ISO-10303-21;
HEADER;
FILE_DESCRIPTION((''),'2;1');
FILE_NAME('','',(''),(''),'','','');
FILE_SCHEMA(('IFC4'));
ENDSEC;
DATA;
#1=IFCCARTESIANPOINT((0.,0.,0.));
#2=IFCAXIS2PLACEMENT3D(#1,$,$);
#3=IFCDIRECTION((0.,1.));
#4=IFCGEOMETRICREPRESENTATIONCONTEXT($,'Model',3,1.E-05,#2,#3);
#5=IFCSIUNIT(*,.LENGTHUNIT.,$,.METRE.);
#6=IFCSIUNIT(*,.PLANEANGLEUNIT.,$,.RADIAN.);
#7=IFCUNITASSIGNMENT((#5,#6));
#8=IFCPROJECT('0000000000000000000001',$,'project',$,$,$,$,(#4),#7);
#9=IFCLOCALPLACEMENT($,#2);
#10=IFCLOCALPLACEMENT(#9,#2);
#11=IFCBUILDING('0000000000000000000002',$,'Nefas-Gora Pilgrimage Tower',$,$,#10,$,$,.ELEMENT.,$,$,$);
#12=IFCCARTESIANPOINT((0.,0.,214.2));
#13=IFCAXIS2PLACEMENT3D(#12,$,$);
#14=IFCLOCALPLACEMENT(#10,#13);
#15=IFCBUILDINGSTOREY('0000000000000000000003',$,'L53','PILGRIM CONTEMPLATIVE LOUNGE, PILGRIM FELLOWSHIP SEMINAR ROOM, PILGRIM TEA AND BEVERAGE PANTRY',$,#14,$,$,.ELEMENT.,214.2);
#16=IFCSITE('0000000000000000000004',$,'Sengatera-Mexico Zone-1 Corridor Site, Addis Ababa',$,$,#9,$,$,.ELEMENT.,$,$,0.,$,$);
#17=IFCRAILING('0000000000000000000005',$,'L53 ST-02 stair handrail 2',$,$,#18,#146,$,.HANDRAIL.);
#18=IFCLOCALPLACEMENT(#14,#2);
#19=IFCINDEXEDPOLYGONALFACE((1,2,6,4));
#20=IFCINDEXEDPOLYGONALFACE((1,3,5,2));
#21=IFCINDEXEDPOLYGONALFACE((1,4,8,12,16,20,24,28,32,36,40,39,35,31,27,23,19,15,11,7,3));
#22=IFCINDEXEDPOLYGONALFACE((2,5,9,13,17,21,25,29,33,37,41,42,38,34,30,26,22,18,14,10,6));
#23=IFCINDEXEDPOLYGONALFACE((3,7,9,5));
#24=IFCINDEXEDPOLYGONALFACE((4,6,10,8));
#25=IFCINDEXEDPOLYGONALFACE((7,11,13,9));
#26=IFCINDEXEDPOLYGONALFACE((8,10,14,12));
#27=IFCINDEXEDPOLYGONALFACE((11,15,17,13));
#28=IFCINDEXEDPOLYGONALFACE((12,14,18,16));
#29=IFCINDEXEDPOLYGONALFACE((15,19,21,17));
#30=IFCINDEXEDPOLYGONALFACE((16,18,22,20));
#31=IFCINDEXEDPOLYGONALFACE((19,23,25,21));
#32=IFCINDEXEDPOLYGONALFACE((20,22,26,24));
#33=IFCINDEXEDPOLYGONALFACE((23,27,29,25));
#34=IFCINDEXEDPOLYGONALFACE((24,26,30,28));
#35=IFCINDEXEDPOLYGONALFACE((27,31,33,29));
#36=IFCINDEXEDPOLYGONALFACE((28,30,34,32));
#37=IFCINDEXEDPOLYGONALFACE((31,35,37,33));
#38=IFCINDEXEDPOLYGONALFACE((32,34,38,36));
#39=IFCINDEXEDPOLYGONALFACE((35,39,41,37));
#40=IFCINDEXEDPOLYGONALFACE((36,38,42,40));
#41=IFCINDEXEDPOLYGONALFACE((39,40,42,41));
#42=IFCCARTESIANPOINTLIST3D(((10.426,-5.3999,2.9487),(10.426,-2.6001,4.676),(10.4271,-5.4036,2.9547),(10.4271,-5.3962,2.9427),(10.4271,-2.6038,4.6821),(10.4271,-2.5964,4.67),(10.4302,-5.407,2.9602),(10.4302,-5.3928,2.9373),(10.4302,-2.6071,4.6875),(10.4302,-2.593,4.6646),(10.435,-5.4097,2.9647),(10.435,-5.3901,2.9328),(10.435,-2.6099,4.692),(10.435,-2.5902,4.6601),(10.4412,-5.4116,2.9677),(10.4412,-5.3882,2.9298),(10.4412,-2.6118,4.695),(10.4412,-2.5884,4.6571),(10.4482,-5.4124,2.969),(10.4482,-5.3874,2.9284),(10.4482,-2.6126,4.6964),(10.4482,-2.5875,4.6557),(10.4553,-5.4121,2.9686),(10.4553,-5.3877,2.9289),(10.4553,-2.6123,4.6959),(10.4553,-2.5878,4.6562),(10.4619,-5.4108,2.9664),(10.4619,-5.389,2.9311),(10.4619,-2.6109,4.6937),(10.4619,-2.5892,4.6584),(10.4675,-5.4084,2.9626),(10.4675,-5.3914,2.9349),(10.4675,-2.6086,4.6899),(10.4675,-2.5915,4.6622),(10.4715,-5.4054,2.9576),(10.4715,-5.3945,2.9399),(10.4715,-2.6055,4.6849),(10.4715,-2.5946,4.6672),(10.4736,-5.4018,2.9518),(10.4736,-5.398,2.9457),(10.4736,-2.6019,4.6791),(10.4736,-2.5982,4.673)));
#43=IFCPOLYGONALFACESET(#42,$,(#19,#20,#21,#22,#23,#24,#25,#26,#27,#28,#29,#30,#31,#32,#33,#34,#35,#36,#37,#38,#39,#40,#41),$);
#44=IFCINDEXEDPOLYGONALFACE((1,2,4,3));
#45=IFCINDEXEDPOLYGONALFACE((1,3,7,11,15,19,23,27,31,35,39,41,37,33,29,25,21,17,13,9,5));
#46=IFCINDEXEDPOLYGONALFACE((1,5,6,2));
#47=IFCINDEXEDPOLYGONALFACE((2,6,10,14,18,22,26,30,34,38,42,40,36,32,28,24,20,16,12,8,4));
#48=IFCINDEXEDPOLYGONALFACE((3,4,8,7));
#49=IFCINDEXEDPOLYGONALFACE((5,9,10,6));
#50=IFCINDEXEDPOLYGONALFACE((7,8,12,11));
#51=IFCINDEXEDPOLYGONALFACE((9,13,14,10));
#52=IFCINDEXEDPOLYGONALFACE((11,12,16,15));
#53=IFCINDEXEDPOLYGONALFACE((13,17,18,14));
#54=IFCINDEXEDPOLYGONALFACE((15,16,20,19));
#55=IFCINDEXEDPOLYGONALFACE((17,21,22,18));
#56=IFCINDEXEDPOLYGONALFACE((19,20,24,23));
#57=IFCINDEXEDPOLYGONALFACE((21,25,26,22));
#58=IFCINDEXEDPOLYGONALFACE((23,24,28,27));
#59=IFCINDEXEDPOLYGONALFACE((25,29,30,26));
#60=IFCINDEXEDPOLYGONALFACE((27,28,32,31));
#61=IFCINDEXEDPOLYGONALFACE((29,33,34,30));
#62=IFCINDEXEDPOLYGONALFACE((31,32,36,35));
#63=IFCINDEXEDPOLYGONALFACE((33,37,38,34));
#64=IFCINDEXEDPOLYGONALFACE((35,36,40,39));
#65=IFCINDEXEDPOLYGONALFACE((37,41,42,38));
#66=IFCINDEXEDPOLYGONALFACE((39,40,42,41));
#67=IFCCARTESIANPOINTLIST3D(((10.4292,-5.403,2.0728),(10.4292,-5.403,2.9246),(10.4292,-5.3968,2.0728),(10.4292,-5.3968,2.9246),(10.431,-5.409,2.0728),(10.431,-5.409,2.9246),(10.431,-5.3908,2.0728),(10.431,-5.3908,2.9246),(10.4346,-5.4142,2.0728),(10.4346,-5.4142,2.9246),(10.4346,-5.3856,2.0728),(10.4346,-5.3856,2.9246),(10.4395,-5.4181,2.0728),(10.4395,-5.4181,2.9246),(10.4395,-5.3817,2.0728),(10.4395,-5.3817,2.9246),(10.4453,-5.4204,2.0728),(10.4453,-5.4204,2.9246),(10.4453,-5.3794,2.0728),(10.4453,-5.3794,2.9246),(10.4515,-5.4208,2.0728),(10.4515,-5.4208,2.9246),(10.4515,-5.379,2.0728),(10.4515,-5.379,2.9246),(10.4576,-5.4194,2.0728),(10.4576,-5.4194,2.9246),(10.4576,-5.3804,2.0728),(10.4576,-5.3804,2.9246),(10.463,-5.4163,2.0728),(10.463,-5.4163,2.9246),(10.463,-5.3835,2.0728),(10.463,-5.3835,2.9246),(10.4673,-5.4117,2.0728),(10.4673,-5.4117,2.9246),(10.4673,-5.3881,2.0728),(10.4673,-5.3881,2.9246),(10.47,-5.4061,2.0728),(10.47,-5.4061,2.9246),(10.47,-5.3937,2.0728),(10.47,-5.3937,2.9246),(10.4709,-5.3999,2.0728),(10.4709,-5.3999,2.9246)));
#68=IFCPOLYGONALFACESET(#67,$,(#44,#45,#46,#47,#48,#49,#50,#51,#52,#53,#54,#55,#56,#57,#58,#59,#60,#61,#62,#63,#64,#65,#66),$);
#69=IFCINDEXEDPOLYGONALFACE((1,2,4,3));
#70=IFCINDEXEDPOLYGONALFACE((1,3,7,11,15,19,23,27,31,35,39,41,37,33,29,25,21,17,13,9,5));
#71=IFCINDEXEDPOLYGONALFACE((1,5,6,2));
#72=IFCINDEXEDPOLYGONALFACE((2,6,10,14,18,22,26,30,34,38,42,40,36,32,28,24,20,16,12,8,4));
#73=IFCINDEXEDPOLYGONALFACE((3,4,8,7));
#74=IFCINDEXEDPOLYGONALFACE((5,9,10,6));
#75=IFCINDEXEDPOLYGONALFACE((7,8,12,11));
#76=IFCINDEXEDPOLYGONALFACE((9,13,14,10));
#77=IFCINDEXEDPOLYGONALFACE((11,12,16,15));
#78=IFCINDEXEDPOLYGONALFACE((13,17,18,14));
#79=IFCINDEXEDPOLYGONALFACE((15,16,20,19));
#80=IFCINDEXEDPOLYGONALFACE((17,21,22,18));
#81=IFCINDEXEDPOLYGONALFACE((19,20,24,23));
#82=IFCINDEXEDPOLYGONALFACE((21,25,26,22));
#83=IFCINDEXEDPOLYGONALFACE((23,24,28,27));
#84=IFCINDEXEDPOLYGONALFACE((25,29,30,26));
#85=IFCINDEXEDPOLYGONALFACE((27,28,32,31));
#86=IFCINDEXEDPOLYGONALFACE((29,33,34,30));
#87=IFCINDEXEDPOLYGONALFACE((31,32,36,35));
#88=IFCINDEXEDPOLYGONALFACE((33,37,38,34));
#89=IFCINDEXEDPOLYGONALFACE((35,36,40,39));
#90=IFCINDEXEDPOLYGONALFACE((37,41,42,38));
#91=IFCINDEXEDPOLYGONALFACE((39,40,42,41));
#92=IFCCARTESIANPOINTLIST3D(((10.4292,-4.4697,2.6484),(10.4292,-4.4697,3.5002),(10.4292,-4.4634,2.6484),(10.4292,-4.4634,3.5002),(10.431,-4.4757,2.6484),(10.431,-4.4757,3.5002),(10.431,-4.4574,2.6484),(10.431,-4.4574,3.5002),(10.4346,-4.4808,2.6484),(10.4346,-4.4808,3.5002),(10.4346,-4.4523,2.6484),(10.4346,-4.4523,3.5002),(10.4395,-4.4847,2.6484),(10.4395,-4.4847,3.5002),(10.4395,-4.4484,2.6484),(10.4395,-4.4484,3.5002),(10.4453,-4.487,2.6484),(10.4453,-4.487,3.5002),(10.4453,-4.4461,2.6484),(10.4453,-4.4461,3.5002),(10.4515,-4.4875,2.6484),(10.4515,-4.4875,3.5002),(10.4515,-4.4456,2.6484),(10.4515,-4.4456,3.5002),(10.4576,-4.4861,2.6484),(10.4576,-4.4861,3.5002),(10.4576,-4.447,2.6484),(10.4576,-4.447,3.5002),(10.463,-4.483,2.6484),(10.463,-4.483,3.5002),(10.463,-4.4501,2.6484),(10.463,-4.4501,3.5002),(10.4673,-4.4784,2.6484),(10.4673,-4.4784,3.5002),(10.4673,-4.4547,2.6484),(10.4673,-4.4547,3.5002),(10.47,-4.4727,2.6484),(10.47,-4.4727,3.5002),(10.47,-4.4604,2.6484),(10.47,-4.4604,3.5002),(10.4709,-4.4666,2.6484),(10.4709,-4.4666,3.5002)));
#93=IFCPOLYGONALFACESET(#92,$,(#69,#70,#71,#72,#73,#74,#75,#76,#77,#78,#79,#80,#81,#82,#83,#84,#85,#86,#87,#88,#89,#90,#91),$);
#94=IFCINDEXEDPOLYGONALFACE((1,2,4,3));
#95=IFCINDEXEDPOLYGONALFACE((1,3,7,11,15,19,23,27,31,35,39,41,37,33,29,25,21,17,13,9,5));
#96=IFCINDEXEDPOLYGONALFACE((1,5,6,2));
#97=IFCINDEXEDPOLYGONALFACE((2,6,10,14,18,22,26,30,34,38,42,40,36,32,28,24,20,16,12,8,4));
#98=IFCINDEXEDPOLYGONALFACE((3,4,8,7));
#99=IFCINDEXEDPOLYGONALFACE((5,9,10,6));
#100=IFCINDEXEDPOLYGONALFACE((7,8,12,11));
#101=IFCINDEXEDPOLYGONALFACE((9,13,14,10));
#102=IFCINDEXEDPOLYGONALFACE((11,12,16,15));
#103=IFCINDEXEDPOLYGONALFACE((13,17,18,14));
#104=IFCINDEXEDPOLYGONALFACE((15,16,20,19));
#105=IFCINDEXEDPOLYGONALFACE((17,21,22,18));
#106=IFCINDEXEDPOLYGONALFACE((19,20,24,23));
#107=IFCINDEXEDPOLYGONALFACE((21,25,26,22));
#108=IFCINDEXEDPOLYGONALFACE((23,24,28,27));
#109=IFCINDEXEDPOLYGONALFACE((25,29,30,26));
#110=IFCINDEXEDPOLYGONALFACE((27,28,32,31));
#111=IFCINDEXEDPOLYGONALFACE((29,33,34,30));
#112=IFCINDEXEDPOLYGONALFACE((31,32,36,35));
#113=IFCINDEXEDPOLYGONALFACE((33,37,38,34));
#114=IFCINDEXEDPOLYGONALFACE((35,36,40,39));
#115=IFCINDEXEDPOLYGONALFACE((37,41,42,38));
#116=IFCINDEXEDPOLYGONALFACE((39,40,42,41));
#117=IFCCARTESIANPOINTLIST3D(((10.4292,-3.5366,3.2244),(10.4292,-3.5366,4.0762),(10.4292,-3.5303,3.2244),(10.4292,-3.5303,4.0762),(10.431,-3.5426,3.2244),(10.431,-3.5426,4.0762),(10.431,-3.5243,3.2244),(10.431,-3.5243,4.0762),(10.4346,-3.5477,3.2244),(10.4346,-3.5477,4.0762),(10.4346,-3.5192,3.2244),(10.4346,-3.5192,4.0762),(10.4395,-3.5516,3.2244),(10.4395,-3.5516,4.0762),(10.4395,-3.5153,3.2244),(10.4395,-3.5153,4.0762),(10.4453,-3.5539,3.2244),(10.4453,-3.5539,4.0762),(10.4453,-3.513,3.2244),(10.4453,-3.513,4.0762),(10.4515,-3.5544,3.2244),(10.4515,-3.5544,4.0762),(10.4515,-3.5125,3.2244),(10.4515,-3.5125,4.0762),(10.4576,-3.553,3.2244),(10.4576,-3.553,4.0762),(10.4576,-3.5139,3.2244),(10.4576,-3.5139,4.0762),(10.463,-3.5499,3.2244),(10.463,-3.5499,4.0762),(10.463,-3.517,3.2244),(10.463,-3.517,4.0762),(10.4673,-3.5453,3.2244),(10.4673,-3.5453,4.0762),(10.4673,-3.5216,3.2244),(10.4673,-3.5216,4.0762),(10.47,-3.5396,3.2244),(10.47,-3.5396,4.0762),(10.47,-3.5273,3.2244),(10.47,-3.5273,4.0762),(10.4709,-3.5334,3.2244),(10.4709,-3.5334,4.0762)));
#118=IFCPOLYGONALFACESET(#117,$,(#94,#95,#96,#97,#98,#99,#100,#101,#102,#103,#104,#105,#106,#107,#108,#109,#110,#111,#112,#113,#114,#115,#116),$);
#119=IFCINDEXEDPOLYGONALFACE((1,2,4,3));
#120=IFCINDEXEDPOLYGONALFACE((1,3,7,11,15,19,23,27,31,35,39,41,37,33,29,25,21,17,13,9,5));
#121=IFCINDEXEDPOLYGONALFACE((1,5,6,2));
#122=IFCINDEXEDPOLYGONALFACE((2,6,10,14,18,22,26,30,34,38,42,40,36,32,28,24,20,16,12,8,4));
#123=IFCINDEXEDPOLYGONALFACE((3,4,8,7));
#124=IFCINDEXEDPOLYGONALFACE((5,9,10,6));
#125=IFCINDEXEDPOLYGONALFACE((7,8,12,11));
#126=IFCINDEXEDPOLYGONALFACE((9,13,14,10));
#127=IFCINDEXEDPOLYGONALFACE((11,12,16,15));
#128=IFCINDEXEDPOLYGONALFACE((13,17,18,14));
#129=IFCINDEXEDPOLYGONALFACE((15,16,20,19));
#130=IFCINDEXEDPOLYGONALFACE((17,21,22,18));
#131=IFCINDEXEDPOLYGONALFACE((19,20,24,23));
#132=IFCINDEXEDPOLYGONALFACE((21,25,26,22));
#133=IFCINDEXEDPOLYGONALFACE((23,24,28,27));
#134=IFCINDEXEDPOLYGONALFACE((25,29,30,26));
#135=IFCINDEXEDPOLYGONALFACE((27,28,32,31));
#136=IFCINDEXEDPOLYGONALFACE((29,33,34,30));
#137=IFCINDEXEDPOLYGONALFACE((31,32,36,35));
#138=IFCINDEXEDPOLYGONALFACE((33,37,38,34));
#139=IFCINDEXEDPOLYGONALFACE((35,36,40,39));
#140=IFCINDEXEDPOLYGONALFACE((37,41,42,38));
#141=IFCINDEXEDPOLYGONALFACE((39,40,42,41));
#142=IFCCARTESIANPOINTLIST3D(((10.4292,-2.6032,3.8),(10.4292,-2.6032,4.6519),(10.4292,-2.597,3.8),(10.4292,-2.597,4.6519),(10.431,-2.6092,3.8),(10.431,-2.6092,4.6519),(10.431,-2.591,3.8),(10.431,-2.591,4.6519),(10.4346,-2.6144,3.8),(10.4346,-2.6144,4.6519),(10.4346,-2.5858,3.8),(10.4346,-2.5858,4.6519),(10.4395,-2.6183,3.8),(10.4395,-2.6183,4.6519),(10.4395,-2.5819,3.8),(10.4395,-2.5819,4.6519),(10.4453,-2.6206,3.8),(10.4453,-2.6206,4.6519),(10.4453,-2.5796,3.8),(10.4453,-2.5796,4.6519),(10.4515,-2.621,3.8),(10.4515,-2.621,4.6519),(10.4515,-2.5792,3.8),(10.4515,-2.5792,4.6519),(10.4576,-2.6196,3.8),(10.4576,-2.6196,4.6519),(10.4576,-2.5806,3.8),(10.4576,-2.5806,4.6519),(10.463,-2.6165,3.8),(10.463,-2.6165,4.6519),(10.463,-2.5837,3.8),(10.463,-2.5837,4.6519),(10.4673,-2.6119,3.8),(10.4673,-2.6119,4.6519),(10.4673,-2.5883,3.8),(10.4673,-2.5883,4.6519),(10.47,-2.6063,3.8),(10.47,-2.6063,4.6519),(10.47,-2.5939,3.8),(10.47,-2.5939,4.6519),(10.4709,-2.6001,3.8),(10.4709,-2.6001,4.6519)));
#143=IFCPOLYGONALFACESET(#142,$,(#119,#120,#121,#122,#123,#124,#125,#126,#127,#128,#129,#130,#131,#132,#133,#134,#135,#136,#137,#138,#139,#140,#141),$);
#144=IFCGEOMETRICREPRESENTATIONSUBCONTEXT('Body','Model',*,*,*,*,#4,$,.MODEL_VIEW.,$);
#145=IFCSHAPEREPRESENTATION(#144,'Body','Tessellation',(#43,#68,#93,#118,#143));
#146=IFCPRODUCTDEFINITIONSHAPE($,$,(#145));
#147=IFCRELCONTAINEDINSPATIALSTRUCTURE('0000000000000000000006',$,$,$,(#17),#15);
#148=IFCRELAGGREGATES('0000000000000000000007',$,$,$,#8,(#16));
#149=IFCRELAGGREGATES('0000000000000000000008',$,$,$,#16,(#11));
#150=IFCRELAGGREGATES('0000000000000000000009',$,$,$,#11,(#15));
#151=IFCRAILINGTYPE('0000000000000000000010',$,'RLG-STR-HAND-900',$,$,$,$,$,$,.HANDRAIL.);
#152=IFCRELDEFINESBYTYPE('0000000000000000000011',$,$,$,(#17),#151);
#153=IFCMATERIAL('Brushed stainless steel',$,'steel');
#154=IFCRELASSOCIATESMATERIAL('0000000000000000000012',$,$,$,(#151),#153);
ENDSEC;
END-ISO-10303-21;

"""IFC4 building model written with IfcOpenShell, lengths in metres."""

from ifc_helpers import new_model, si_unit, direction, frame, origin, origin_2d, place, context, subcontext, project, spatial, circle, extrude, material, type_object, element, save


model = new_model("IFC4")

# Units and contexts
model_context = context("Model", 3, precision=1e-05, world=origin(), true_north=direction((0.0, 1.0)))
body_context = subcontext(model_context, "Body", "Model", "MODEL_VIEW")
ifc_project = project(units=[si_unit("LENGTHUNIT", "METRE"), si_unit("PLANEANGLEUNIT", "RADIAN")], contexts=[model_context])

# Site, building, storey
site_placement = place(None, origin())
site = spatial("IfcSite", under=ifc_project, at=site_placement, Name="Sengatera-Mexico Zone-1 Corridor Site, Addis Ababa", CompositionType="ELEMENT", RefElevation=0.0)
building_placement = place(site_placement, origin())
building = spatial("IfcBuilding", under=site, at=building_placement, Name="Nefas-Gora Pilgrimage Tower", CompositionType="ELEMENT")
storey_placement = place(building_placement, frame((0.0, 0.0, 214.2)))
storey = spatial("IfcBuildingStorey", under=building, at=storey_placement, Name="L53", Description="PILGRIM CONTEMPLATIVE LOUNGE, PILGRIM FELLOWSHIP SEMINAR ROOM, PILGRIM TEA AND BEVERAGE PANTRY", CompositionType="ELEMENT", Elevation=214.2)

# Railing
ifc_material_1 = material(Name="Brushed stainless steel", Category="steel")
railing_type_1 = type_object("IfcRailingType", Name="RLG-STR-HAND-900", PredefinedType="HANDRAIL", material=ifc_material_1)
railing_1_placement = place(storey_placement, frame((10.45, -5.3999, 2.0728)))
element("IfcRailing", 1, at=railing_1_placement, inside=storey, type_object=railing_type_1, Name="L53 ST-02 stair handrail 2", PredefinedType="HANDRAIL", context=body_context, shape_type="SweptSolid", body=[
    extrude(circle(Radius=0.0239, at=origin_2d()), frame((0.0, 0.0, 0.876), z_axis=(0.0, 0.851069, 0.525054), x_axis=(-1.0, 0.0, 0.0)), (0.0, 0.0, 1.0), 3.2898),
    extrude(circle(Radius=0.021, at=origin_2d()), origin(), (0.0, 0.0, 1.0), 0.8518),
    extrude(circle(Radius=0.021, at=origin_2d()), frame((0.0, 0.9333, 0.5757)), (0.0, 0.0, 1.0), 0.8518),
    extrude(circle(Radius=0.021, at=origin_2d()), frame((0.0, 1.8665, 1.1516)), (0.0, 0.0, 1.0), 0.8518),
    extrude(circle(Radius=0.021, at=origin_2d()), frame((0.0, 2.7998, 1.7273)), (0.0, 0.0, 1.0), 0.8518),
])

save(model, "model.ifc")
